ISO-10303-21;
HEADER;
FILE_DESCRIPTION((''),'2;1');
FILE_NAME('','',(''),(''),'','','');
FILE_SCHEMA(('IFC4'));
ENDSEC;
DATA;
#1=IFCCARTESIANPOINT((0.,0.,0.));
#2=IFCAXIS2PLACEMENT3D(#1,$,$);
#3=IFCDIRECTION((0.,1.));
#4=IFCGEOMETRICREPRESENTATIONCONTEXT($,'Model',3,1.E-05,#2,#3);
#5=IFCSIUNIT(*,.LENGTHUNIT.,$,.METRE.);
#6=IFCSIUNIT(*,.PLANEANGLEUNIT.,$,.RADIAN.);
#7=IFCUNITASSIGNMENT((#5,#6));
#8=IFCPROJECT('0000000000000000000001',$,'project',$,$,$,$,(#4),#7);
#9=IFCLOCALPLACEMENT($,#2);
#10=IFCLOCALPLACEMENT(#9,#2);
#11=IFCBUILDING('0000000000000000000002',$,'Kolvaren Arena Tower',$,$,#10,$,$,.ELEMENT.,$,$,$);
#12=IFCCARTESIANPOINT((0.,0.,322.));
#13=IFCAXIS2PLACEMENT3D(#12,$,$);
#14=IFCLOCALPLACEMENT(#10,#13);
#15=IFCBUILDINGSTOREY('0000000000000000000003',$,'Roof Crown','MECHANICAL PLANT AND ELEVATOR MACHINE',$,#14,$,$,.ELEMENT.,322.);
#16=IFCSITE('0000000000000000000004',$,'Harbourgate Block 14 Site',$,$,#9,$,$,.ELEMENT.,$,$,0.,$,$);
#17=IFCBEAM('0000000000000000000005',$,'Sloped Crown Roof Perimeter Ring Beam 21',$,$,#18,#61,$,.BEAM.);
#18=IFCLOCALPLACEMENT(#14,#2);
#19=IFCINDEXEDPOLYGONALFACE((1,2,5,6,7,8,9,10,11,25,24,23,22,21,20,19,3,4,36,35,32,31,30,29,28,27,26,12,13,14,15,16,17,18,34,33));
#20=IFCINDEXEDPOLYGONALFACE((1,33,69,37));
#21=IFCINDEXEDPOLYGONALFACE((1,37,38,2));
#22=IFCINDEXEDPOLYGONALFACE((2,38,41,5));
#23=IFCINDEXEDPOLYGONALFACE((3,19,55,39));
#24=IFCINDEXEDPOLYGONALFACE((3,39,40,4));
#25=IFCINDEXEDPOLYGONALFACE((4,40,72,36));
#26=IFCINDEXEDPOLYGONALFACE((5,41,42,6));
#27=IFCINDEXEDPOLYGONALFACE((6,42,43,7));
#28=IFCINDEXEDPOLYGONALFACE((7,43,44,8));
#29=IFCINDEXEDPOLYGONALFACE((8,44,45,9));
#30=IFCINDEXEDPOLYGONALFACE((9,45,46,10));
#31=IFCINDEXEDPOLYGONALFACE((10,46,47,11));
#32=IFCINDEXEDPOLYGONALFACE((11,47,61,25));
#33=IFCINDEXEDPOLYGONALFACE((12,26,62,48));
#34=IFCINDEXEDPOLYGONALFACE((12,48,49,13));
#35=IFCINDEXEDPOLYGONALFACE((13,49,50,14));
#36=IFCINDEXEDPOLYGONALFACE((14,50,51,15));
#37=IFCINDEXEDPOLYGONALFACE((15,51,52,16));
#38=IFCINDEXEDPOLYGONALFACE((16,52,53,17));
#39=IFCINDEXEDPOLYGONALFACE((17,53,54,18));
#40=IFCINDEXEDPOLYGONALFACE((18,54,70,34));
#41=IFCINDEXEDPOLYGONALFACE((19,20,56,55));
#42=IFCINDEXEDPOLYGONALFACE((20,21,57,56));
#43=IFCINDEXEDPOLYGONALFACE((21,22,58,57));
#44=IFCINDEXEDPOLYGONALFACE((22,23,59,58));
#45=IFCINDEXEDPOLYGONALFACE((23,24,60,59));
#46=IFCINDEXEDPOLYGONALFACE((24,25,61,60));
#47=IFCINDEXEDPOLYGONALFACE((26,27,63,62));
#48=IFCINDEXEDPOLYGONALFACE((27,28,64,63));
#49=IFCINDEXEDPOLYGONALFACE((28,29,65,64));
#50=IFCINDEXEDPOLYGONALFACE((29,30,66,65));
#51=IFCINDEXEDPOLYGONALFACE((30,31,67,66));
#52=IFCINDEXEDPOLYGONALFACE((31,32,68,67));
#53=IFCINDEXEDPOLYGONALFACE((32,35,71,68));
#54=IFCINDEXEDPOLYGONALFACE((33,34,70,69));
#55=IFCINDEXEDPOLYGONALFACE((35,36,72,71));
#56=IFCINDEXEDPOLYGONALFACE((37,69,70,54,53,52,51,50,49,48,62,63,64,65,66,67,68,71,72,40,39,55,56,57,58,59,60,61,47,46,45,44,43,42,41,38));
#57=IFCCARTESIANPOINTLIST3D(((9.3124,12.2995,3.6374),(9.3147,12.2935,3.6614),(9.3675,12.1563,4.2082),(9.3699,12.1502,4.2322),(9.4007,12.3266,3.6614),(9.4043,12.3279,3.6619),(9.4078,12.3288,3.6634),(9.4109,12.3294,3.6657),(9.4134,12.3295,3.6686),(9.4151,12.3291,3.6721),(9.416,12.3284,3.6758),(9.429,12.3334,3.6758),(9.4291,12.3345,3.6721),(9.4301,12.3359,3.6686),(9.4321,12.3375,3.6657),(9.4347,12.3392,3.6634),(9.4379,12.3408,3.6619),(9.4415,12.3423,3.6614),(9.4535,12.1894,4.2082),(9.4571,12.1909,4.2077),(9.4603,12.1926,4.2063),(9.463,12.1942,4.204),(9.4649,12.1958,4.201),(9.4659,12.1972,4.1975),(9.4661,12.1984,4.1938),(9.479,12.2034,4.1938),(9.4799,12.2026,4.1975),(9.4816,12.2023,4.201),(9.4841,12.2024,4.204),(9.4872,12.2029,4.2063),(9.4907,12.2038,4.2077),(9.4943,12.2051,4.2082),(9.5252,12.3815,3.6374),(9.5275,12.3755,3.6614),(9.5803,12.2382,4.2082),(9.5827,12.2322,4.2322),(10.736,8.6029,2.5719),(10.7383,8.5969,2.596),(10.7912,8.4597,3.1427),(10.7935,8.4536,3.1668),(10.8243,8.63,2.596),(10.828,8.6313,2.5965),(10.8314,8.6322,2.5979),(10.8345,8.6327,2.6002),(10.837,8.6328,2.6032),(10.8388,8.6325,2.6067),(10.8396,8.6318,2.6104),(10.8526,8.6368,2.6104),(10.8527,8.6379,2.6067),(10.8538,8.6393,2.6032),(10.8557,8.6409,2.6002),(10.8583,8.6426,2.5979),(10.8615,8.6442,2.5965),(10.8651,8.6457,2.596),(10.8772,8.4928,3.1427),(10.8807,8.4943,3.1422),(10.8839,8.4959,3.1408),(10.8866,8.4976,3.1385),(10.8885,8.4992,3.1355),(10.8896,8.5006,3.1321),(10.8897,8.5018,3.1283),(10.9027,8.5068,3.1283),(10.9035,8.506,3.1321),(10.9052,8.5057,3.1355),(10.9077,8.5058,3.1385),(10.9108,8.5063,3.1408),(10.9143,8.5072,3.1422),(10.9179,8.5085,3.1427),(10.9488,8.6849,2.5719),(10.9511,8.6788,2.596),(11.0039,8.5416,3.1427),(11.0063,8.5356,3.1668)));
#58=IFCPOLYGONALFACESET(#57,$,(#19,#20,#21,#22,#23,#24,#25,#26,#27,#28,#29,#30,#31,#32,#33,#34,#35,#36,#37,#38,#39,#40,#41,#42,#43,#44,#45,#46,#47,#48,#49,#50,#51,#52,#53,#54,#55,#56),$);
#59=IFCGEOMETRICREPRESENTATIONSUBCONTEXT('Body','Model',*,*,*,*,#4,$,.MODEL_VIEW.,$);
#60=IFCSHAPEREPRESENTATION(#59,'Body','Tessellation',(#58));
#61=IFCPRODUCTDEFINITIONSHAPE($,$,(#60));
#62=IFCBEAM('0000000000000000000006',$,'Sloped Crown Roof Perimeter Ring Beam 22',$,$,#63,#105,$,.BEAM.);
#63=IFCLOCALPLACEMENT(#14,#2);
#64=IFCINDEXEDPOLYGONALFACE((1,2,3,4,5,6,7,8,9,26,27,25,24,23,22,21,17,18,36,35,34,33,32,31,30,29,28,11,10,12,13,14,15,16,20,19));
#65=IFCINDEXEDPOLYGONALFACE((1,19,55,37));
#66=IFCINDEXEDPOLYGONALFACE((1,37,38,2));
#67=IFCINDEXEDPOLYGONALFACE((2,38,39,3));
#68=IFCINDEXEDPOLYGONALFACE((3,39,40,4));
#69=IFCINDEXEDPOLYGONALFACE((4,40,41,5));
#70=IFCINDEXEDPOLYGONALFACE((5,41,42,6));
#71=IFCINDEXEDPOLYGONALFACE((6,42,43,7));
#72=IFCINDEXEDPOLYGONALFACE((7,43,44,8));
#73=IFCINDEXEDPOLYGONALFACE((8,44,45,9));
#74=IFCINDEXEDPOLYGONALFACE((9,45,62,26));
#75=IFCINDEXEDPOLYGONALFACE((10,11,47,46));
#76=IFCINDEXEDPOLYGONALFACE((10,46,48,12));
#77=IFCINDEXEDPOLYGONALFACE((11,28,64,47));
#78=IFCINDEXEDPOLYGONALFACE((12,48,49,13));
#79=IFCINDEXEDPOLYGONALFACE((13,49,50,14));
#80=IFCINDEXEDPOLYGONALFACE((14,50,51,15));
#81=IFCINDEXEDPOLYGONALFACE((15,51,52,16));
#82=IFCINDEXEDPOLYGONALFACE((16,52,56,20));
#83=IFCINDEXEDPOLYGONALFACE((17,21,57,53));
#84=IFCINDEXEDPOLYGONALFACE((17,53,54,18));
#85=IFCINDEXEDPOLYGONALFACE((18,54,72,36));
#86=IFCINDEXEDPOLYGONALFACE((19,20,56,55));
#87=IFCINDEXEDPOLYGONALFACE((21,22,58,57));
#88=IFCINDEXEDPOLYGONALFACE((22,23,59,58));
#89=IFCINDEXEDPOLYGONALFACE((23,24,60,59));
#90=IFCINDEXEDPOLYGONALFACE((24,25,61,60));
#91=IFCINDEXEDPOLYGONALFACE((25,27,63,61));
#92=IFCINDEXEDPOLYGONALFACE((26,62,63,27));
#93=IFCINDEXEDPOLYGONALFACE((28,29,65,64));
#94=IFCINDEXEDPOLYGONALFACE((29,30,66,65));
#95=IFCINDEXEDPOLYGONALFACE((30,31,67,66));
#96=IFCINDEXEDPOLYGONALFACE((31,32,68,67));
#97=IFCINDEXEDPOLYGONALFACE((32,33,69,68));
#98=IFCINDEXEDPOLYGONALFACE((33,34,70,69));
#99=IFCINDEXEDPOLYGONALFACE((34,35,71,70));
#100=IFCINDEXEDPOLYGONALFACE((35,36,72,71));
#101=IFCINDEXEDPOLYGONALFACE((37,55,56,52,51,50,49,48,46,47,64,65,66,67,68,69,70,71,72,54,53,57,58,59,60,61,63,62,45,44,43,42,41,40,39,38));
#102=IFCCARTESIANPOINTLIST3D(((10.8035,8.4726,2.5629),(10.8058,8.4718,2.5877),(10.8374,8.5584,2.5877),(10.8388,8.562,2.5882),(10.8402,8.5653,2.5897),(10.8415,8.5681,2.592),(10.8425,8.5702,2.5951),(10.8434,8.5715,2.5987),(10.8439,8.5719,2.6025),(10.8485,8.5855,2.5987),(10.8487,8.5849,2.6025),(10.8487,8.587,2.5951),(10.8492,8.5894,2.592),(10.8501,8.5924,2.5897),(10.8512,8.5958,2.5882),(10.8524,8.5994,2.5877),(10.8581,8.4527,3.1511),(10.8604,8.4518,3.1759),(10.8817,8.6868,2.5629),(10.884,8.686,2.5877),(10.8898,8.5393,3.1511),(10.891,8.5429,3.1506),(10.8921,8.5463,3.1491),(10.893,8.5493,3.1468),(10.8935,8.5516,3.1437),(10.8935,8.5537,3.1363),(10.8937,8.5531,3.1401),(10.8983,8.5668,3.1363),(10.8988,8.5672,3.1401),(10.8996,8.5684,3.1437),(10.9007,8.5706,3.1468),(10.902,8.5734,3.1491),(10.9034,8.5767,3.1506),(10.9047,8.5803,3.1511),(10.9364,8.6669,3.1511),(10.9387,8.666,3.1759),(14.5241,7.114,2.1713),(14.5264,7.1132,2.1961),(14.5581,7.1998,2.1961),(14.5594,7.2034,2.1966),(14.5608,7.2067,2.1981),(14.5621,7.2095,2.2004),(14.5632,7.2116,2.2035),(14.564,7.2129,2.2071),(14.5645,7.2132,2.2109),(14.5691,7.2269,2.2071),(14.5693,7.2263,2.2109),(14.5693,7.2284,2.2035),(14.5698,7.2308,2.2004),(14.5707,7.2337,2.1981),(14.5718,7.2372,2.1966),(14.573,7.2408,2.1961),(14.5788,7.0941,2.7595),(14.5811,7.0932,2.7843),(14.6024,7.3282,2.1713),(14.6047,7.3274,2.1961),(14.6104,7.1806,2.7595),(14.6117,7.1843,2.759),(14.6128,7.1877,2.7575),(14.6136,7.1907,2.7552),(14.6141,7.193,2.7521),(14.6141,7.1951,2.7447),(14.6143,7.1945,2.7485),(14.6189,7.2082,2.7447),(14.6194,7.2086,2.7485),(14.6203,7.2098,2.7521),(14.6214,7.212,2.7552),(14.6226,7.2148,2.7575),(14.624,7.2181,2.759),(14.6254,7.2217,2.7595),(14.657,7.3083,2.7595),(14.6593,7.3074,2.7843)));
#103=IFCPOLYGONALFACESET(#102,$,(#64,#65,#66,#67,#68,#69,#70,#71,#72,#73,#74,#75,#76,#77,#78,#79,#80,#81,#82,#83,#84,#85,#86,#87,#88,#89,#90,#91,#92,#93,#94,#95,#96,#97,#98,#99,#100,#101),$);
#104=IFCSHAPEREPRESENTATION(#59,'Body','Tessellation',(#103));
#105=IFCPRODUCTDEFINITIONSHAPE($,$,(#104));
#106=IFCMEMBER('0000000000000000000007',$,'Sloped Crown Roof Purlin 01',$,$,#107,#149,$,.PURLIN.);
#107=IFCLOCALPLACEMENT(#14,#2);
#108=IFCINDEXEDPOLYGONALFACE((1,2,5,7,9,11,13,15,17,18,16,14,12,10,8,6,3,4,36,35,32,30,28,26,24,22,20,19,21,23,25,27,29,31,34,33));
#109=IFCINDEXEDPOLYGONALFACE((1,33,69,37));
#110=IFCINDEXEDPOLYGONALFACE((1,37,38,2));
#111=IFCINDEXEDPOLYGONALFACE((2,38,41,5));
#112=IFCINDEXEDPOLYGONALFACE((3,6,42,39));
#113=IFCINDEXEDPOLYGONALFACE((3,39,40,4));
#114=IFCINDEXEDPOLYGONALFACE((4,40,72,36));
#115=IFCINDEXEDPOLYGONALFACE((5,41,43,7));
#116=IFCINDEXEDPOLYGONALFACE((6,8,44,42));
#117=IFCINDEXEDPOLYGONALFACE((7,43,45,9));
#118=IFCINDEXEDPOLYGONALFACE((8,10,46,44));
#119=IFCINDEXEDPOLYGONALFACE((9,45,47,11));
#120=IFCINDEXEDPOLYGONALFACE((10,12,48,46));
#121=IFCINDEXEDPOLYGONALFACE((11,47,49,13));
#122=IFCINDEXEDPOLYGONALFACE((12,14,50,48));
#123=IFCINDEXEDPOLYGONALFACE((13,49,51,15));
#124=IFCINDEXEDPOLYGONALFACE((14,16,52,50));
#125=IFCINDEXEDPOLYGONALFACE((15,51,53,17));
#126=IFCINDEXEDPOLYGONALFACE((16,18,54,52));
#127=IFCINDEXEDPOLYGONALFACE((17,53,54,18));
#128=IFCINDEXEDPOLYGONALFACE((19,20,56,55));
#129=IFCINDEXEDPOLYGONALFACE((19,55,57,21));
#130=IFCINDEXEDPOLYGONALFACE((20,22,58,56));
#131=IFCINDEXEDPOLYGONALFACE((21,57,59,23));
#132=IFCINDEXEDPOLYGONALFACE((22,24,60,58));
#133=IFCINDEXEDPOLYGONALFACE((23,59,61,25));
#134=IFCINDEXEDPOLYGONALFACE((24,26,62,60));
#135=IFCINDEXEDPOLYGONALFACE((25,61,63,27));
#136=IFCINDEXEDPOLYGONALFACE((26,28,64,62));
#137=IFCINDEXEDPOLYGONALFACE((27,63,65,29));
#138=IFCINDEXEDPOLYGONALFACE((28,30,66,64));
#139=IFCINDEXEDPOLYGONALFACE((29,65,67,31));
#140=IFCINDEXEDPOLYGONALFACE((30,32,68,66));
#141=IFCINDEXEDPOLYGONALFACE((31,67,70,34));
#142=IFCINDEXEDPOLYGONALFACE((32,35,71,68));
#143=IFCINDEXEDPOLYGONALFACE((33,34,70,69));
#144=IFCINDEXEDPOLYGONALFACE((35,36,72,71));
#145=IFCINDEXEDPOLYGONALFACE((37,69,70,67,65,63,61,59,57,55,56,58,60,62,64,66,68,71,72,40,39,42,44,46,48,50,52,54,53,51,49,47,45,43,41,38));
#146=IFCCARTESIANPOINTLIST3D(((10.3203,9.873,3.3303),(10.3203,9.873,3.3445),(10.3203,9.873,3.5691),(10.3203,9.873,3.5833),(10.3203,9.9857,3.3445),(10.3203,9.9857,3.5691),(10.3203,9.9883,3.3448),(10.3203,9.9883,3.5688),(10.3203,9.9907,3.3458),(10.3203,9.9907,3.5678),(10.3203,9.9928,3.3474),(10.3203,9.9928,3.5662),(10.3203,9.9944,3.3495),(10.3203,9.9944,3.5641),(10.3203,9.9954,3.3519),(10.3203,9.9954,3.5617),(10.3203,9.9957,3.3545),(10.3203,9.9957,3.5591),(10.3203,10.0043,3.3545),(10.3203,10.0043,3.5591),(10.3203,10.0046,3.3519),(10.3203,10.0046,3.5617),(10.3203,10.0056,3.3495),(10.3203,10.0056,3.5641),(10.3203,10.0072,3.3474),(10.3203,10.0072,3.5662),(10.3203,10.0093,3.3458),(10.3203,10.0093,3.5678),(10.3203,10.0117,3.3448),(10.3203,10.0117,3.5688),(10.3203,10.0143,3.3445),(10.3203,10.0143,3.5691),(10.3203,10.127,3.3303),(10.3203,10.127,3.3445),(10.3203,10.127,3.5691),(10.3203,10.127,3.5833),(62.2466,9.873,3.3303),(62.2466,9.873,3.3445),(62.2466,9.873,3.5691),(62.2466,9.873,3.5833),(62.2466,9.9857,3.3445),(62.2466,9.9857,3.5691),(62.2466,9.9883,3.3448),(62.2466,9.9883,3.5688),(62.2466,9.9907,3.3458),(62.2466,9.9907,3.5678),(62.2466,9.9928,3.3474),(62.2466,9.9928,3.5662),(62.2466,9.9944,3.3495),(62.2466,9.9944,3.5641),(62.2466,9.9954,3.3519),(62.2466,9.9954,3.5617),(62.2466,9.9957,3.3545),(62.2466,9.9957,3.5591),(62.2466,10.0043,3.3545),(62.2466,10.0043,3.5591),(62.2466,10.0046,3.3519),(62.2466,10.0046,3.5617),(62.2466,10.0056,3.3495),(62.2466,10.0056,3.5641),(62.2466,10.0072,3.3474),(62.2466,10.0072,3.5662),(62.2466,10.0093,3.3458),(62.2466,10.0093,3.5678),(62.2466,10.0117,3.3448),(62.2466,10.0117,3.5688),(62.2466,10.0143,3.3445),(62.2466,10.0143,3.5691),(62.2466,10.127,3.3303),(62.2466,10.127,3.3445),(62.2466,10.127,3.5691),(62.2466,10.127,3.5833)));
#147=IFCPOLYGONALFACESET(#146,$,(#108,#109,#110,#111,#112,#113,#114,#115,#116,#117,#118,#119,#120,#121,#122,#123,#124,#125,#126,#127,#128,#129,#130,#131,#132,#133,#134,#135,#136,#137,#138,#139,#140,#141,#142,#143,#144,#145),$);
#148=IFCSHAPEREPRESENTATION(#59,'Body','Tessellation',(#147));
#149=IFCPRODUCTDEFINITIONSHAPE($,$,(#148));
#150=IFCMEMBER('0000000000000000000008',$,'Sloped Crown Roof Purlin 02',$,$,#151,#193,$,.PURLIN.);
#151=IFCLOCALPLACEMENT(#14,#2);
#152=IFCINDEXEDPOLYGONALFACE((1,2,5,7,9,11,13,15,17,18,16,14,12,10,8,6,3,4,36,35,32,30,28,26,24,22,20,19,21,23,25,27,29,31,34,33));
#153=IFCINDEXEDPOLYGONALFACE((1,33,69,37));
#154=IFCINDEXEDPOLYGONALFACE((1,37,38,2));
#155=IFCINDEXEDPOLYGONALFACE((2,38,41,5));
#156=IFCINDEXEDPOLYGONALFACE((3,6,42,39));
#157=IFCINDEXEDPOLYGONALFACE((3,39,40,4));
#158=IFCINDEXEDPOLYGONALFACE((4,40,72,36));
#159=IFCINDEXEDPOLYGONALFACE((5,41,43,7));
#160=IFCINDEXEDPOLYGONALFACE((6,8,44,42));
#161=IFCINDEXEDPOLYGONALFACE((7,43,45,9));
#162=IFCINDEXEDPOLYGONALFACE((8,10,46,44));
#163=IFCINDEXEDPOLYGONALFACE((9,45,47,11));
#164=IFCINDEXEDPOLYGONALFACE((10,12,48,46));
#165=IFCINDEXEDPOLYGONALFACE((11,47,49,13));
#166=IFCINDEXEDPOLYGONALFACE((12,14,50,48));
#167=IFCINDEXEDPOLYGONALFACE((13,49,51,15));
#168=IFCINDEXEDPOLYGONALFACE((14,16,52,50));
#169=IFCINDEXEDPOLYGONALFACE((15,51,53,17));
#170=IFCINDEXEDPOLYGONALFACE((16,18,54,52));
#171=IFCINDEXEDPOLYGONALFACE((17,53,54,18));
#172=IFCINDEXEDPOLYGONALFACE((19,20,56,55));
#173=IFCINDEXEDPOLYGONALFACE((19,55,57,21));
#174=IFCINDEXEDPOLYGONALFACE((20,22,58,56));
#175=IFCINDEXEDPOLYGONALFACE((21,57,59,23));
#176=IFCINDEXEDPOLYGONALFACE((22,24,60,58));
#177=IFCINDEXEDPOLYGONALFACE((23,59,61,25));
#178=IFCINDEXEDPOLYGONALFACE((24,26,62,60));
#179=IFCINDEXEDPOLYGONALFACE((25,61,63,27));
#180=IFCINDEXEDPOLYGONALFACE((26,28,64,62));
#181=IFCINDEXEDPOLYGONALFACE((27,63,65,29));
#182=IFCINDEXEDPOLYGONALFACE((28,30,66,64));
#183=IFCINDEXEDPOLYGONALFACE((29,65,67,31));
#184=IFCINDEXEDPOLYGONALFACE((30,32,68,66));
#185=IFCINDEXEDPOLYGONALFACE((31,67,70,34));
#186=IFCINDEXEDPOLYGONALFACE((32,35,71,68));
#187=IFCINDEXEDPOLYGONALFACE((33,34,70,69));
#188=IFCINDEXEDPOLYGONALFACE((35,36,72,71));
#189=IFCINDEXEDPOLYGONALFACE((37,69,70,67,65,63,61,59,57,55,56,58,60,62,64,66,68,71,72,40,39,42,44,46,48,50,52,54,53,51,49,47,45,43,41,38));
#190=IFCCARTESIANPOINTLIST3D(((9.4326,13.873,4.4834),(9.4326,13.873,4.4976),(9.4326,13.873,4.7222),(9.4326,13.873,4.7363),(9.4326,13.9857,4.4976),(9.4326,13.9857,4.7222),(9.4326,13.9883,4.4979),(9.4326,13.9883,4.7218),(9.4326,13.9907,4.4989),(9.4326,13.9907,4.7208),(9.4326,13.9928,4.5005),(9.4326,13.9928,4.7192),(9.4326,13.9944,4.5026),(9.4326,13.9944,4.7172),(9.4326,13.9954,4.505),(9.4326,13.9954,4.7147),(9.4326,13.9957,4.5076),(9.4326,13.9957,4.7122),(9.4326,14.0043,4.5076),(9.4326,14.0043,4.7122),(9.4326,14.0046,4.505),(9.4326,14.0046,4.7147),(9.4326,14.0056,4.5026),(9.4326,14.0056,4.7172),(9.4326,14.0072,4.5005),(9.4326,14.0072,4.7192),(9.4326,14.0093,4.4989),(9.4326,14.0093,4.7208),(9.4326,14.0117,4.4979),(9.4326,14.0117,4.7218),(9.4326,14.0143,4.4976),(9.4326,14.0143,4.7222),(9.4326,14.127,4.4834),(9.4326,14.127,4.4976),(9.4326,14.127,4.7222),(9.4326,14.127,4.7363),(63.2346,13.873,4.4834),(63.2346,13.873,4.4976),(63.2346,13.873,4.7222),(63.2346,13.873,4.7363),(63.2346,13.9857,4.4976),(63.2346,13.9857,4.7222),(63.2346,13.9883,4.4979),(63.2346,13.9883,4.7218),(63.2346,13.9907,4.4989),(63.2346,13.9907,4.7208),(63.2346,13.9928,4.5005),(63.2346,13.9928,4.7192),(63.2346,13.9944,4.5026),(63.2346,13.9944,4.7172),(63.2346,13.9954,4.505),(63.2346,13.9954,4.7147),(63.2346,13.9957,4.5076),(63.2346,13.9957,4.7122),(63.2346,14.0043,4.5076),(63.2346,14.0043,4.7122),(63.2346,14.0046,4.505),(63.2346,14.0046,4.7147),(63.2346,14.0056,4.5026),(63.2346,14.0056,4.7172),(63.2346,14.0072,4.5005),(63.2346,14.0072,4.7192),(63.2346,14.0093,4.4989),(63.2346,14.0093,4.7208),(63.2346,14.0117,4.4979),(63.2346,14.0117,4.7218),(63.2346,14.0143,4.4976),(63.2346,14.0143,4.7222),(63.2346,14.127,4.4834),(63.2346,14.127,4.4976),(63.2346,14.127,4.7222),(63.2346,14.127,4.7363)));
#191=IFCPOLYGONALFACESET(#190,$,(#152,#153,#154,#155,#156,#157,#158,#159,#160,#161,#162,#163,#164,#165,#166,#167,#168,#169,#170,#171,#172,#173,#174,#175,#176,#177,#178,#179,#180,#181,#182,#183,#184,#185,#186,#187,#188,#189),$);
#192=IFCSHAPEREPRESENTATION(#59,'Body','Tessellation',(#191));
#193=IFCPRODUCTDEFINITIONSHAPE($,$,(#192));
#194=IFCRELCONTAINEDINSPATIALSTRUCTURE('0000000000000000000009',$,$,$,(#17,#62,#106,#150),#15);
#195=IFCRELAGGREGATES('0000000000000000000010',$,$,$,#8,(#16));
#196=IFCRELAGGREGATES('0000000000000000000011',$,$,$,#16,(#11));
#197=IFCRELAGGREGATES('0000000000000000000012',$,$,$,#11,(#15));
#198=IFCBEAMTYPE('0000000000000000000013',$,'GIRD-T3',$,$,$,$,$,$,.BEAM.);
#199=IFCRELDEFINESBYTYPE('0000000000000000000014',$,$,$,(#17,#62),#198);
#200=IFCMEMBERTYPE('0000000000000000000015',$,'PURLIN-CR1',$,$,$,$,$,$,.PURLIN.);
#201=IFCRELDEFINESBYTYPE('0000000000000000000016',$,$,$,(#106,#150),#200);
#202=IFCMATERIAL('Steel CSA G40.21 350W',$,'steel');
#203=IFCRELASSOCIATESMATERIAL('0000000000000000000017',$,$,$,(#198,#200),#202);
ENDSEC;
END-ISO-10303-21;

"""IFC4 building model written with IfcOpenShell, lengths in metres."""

from ifc_helpers import new_model, si_unit, direction, frame, origin, origin_2d, place, context, subcontext, project, spatial, i_section, extrude, material, material_profile, profile_set, type_object, element, save


model = new_model("IFC4")

# Units and contexts
model_context = context("Model", 3, precision=1e-05, world=origin(), true_north=direction((0.0, 1.0)))
body_context = subcontext(model_context, "Body", "Model", "MODEL_VIEW")
ifc_project = project(units=[si_unit("LENGTHUNIT", "METRE"), si_unit("PLANEANGLEUNIT", "RADIAN")], contexts=[model_context])

# Site, building, storey
site_placement = place(None, origin())
site = spatial("IfcSite", under=ifc_project, at=site_placement, Name="Harbourgate Block 14 Site", CompositionType="ELEMENT", RefElevation=0.0)
building_placement = place(site_placement, origin())
building = spatial("IfcBuilding", under=site, at=building_placement, Name="Kolvaren Arena Tower", CompositionType="ELEMENT")
storey_placement = place(building_placement, frame((0.0, 0.0, 322.0)))
storey = spatial("IfcBuildingStorey", under=building, at=storey_placement, Name="Roof Crown", Description="MECHANICAL PLANT AND ELEVATOR MACHINE", CompositionType="ELEMENT", Elevation=322.0)

# Beams
ifc_material_1 = material(Name="Steel CSA G40.21 350W", Category="steel")
ifc_material_profile_1 = material_profile(ifc_material_1, i_section(OverallWidth=0.228, OverallDepth=0.616, WebThickness=0.0139, FlangeThickness=0.0249, FilletRadius=0.0149, at=origin_2d()), Name="W610x174")
ifc_profile_set_1 = profile_set([ifc_material_profile_1], Name="Steel CSA G40.21 350W")
beam_type = type_object("IfcBeamType", Name="GIRD-T3", PredefinedType="BEAM", material=ifc_profile_set_1)
beam_1_placement = place(storey_placement, frame((9.4475, 12.2659, 3.9348), z_axis=(0.34705, -0.901162, -0.259737), x_axis=(0.93319, 0.359384, 0.0)))
element("IfcBeam", 1, at=beam_1_placement, inside=storey, type_object=beam_type, Name="Sloped Crown Roof Perimeter Ring Beam 21", PredefinedType="BEAM", context=body_context, shape_type="SweptSolid", body=[
    extrude(i_section(OverallWidth=0.228, OverallDepth=0.616, WebThickness=0.0139, FlangeThickness=0.0249, FilletRadius=0.0149, at=origin_2d()), origin(), (0.0, 0.0, 1.0), 4.1021),
])
beam_2_placement = place(storey_placement, frame((10.8711, 8.5693, 2.8694), z_axis=(0.934776, -0.341341, -0.098385), x_axis=(0.343005, 0.939334, 0.0)))
element("IfcBeam", 2, at=beam_2_placement, inside=storey, type_object=beam_type, Name="Sloped Crown Roof Perimeter Ring Beam 22", PredefinedType="BEAM", context=body_context, shape_type="SweptSolid", body=[
    extrude(i_section(OverallWidth=0.228, OverallDepth=0.616, WebThickness=0.0139, FlangeThickness=0.0249, FilletRadius=0.0149, at=origin_2d()), origin(), (0.0, 0.0, 1.0), 3.9802),
])

# Members
ifc_material_profile_2 = material_profile(ifc_material_1, i_section(OverallWidth=0.2539, OverallDepth=0.2529, WebThickness=0.0085, FlangeThickness=0.0142, FilletRadius=0.01, at=origin_2d()), Name="W250x73")
ifc_profile_set_2 = profile_set([ifc_material_profile_2], Name="Steel CSA G40.21 350W")
member_type_1 = type_object("IfcMemberType", Name="PURLIN-CR1", PredefinedType="PURLIN", material=ifc_profile_set_2)
member_1_placement = place(storey_placement, frame((10.3203, 10.0, 3.4568), z_axis=(1.0, 0.0, 0.0), x_axis=(0.0, 1.0, 0.0)))
element("IfcMember", 3, at=member_1_placement, inside=storey, type_object=member_type_1, Name="Sloped Crown Roof Purlin 01", PredefinedType="PURLIN", context=body_context, shape_type="SweptSolid", body=[
    extrude(i_section(OverallWidth=0.2539, OverallDepth=0.2529, WebThickness=0.0085, FlangeThickness=0.0142, FilletRadius=0.01, at=origin_2d()), origin(), (0.0, 0.0, 1.0), 51.9263),
])
member_2_placement = place(storey_placement, frame((9.4326, 14.0, 4.6099), z_axis=(1.0, 0.0, 0.0), x_axis=(0.0, 1.0, 0.0)))
element("IfcMember", 4, at=member_2_placement, inside=storey, type_object=member_type_1, Name="Sloped Crown Roof Purlin 02", PredefinedType="PURLIN", context=body_context, shape_type="SweptSolid", body=[
    extrude(i_section(OverallWidth=0.2539, OverallDepth=0.2529, WebThickness=0.0085, FlangeThickness=0.0142, FilletRadius=0.01, at=origin_2d()), origin(), (0.0, 0.0, 1.0), 53.802),
])

save(model, "model.ifc")
